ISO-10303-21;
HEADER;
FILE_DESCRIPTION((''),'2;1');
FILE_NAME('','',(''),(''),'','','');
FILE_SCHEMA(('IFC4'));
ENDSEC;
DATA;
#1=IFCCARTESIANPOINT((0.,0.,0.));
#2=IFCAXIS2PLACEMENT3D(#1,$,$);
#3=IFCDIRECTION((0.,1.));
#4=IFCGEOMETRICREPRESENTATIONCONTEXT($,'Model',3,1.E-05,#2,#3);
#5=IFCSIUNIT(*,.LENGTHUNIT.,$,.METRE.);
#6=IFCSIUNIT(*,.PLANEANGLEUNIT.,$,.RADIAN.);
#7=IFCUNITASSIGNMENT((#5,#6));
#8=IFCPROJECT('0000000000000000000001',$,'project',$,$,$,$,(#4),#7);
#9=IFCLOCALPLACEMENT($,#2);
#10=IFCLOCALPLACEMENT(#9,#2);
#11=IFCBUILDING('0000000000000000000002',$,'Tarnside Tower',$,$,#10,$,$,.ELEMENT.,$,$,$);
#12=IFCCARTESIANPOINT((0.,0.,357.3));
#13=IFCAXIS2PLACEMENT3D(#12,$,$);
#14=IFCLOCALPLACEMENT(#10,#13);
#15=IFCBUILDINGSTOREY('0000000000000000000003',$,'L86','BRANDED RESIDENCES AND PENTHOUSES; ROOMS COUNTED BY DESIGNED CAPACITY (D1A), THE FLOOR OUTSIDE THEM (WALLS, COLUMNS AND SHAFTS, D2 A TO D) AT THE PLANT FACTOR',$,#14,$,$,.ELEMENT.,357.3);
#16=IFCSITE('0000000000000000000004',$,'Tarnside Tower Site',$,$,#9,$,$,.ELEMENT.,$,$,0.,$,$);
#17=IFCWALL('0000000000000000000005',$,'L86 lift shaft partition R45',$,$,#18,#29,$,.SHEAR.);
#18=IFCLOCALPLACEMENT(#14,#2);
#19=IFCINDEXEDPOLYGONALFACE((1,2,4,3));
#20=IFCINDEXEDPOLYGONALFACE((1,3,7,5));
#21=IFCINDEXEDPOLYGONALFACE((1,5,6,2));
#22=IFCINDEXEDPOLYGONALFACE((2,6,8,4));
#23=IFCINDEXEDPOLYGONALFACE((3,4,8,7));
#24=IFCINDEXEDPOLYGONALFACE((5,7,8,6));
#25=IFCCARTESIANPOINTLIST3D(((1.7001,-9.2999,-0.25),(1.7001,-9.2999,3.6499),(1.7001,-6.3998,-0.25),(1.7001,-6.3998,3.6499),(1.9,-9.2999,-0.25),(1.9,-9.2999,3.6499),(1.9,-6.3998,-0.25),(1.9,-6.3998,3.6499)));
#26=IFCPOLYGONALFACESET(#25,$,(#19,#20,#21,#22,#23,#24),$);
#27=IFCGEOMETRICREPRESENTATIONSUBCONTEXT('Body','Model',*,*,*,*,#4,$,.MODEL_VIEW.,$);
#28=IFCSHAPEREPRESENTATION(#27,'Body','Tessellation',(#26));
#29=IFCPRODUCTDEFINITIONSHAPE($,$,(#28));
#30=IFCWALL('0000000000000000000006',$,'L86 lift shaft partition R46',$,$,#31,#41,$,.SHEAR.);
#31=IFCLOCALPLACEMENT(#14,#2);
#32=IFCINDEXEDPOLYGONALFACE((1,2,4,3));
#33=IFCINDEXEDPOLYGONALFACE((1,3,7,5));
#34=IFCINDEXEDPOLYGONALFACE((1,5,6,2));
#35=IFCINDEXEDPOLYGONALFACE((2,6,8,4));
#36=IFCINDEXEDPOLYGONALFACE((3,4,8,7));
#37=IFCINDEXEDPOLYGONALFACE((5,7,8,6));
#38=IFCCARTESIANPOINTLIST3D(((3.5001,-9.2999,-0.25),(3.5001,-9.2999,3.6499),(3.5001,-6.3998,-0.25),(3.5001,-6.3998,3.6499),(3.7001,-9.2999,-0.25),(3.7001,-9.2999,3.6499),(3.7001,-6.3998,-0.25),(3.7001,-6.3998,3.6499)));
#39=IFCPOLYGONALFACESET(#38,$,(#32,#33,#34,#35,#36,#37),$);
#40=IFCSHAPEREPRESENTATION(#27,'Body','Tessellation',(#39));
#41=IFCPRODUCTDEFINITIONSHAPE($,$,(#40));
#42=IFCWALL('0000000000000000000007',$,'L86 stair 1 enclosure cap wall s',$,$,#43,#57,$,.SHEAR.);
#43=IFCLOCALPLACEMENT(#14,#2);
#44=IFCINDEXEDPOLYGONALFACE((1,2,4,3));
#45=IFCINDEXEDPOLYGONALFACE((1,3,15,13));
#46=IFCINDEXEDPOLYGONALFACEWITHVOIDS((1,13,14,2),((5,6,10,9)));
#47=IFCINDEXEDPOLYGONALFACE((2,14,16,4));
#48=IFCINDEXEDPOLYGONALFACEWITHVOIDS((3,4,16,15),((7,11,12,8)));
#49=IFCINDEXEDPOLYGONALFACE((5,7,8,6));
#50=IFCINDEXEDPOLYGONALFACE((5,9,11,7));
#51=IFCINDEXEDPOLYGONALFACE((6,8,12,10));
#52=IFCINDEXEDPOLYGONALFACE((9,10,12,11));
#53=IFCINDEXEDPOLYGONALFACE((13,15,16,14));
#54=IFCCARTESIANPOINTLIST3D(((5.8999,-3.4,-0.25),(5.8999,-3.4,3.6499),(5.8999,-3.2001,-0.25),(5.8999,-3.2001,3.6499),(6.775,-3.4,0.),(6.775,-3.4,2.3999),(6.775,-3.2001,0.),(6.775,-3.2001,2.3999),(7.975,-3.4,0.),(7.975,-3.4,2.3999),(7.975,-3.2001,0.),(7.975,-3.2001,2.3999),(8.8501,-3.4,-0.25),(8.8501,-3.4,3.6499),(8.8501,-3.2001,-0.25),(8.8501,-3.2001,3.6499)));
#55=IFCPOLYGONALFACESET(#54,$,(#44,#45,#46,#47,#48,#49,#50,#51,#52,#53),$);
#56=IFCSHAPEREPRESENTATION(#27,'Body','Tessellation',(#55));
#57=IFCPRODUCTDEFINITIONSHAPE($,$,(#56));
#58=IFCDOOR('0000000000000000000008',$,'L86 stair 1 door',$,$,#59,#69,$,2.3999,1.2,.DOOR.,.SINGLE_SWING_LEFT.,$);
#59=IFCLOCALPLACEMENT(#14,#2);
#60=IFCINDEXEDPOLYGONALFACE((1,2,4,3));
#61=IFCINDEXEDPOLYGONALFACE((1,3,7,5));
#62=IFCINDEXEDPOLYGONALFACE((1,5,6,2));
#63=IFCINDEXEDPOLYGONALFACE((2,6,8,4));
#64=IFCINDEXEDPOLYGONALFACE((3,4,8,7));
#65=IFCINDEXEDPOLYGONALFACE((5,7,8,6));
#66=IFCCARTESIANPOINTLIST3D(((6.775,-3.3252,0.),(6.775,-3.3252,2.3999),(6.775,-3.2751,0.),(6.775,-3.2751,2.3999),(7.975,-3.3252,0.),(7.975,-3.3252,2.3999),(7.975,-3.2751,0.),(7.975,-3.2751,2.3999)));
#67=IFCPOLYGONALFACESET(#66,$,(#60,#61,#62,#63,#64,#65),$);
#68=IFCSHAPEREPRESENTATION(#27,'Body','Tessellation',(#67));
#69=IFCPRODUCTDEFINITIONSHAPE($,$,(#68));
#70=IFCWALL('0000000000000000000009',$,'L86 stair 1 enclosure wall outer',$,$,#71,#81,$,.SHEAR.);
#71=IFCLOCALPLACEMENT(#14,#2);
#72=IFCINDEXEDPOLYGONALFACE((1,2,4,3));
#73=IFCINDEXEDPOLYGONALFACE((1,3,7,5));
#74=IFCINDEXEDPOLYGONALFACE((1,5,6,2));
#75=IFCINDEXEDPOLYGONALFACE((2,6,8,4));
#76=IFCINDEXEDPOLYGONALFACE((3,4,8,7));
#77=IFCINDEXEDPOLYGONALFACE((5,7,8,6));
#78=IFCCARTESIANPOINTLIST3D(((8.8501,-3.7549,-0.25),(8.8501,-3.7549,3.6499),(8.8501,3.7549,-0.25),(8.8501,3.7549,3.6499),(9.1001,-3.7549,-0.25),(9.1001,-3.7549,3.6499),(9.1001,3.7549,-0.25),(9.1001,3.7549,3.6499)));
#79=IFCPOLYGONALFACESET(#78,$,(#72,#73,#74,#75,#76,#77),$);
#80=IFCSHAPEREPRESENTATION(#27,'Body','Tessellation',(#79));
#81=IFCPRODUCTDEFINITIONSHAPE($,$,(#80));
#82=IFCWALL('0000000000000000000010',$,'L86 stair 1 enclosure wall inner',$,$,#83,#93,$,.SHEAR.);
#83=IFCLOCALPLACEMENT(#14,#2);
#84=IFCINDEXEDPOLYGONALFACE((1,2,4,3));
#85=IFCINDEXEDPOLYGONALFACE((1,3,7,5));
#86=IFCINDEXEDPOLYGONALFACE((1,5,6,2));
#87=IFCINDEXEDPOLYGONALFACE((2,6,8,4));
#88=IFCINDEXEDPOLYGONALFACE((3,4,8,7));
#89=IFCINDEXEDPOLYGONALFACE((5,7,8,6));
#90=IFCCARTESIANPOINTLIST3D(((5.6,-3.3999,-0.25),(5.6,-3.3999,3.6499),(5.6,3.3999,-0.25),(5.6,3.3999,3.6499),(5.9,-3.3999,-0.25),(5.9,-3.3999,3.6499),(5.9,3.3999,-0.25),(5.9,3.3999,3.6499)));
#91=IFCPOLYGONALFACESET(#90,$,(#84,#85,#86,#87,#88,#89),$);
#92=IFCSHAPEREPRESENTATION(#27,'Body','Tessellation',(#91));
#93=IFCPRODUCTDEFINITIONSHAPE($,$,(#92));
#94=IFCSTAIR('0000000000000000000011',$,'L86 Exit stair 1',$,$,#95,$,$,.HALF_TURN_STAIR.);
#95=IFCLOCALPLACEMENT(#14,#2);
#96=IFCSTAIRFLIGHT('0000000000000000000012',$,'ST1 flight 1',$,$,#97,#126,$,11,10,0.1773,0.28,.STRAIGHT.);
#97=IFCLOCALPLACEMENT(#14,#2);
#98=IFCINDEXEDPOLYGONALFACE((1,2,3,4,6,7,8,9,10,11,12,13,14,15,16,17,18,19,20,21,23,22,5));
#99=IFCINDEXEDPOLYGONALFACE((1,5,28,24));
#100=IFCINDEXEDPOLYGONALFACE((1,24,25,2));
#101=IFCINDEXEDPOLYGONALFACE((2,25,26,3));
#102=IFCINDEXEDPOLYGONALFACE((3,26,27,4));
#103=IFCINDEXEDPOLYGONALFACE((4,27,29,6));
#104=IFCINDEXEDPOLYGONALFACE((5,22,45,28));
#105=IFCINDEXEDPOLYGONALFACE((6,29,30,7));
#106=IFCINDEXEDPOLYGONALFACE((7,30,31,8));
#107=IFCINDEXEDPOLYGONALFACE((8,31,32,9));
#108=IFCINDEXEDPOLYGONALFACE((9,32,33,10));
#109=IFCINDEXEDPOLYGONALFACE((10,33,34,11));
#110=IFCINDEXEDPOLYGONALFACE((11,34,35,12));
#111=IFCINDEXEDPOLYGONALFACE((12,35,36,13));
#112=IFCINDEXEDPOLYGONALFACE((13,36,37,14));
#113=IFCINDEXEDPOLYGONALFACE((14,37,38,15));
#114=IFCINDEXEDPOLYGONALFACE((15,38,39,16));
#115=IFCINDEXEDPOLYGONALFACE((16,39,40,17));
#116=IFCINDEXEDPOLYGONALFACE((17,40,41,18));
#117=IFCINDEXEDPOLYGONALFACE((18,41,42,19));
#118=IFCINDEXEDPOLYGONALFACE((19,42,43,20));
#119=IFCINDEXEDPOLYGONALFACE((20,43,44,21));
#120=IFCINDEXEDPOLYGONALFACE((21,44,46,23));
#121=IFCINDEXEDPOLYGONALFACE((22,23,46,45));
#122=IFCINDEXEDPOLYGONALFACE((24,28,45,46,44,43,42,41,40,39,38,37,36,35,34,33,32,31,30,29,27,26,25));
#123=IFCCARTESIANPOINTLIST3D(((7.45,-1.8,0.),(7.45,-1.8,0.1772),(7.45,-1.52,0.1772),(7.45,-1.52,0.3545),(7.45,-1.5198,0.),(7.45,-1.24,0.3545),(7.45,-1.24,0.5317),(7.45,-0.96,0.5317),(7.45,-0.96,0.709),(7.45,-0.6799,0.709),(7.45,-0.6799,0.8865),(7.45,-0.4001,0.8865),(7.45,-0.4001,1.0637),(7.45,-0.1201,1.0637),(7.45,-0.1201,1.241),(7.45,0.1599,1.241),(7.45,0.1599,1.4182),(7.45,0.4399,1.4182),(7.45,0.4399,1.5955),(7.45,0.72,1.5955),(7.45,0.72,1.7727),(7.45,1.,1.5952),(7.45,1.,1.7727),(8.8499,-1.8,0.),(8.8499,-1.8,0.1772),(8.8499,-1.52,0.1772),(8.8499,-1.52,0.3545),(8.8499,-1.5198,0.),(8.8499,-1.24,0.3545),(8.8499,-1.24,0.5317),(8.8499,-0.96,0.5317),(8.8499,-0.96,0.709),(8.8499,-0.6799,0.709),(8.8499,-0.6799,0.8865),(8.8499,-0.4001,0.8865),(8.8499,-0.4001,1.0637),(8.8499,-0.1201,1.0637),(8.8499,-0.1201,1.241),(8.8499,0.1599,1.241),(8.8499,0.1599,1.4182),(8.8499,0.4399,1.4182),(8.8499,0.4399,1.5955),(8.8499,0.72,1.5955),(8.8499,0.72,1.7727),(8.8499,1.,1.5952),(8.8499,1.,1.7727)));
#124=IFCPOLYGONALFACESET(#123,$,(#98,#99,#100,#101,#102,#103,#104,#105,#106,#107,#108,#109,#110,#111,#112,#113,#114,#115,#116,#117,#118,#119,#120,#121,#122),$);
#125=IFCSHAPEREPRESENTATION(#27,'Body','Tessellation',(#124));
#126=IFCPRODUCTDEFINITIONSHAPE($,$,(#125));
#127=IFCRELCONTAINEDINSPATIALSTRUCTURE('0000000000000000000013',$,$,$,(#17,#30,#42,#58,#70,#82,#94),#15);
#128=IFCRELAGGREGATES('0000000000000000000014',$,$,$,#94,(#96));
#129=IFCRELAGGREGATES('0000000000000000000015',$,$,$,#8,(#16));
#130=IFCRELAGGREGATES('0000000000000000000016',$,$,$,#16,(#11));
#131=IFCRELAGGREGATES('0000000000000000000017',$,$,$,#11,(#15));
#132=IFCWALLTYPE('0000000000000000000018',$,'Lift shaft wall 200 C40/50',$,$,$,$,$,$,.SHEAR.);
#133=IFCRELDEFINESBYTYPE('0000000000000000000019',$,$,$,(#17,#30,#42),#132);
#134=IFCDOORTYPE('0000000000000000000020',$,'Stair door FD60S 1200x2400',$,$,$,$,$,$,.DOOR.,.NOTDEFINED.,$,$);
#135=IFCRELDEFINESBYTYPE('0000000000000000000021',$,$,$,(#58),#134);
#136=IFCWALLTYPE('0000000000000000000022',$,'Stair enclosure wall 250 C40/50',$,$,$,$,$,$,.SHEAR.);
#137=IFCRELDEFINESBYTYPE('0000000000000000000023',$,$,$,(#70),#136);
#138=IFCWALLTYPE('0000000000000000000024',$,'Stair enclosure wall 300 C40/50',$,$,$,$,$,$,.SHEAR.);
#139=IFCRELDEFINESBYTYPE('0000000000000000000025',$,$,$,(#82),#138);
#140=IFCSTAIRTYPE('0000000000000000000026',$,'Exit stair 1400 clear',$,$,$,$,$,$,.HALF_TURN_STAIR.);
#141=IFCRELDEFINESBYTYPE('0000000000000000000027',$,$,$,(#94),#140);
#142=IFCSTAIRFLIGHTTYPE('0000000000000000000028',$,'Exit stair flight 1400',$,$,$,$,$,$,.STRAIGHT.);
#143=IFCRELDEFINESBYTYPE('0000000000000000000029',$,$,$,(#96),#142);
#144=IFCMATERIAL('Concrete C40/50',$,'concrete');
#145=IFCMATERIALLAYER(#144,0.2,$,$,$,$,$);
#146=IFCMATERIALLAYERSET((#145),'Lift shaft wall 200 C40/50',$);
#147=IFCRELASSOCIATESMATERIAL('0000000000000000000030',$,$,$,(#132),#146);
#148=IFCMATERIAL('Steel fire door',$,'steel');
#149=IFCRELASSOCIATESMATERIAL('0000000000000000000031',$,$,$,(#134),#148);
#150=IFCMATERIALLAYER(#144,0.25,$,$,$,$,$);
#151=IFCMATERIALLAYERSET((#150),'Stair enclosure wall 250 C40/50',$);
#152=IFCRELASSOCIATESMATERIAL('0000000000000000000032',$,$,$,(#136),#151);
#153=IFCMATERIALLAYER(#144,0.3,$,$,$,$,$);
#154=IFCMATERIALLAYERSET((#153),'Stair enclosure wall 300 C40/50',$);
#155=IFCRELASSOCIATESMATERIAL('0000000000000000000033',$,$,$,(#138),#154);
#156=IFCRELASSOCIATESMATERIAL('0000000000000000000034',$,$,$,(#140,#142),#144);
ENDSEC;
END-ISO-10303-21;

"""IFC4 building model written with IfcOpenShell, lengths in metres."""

from ifc_helpers import new_model, si_unit, direction, frame, frame_2d, origin, place, context, subcontext, project, spatial, polyline, rectangle, outline, extrude, material, layer, layer_set, type_object, element, fill, aggregate, save


model = new_model("IFC4")

# Units and contexts
model_context = context("Model", 3, precision=1e-05, world=origin(), true_north=direction((0.0, 1.0)))
body_context = subcontext(model_context, "Body", "Model", "MODEL_VIEW")
ifc_project = project(units=[si_unit("LENGTHUNIT", "METRE"), si_unit("PLANEANGLEUNIT", "RADIAN")], contexts=[model_context])

# Site, building, storey
site_placement = place(None, origin())
site = spatial("IfcSite", under=ifc_project, at=site_placement, Name="Tarnside Tower Site", CompositionType="ELEMENT", RefElevation=0.0)
building_placement = place(site_placement, origin())
building = spatial("IfcBuilding", under=site, at=building_placement, Name="Tarnside Tower", CompositionType="ELEMENT")
storey_placement = place(building_placement, frame((0.0, 0.0, 357.3)))
storey = spatial("IfcBuildingStorey", under=building, at=storey_placement, Name="L86", Description="BRANDED RESIDENCES AND PENTHOUSES; ROOMS COUNTED BY DESIGNED CAPACITY (D1A), THE FLOOR OUTSIDE THEM (WALLS, COLUMNS AND SHAFTS, D2 A TO D) AT THE PLANT FACTOR", CompositionType="ELEMENT", Elevation=357.3)

# Shared definitions
ifc_material_1 = material(Name="Concrete C40/50", Category="concrete")

# Shared definitions
ifc_material_2 = material(Name="Steel fire door", Category="steel")

# Walls
ifc_layer_1 = layer(ifc_material_1, 0.2)
ifc_layer_set_1 = layer_set([ifc_layer_1], Name="Lift shaft wall 200 C40/50")
wall_type_1 = type_object("IfcWallType", Name="Lift shaft wall 200 C40/50", PredefinedType="SHEAR", material=ifc_layer_set_1)
for number, where, z_axis, x_axis, name in (
    (1, (1.8, -9.3, -0.25), (0.0, 0.0, 1.0), (0.0, 1.0, 0.0), "L86 lift shaft partition R45"),
    (2, (3.6001, -9.3, -0.25), (0.0, 0.0, 1.0), (0.0, 1.0, 0.0), "L86 lift shaft partition R46"),
):
    element("IfcWall", number, at=place(storey_placement, frame(where, z_axis=z_axis, x_axis=x_axis)), inside=storey, type_object=wall_type_1, Name=name, PredefinedType="SHEAR", context=body_context, shape_type="SweptSolid", body=[
        extrude(rectangle(XDim=2.9001, YDim=0.2, at=frame_2d((1.4502, 0.0))), origin(), (0.0, 0.0, 1.0), 3.8999),
    ])

# Wall, opening, door
wall_1_placement = place(storey_placement, frame((5.8999, -3.3, -0.25), z_axis=(0.0, 0.0, 1.0), x_axis=(1.0, 0.0, 0.0)))
wall_1 = element("IfcWall", 3, at=wall_1_placement, inside=storey, type_object=wall_type_1, Name="L86 stair 1 enclosure cap wall s", PredefinedType="SHEAR", context=body_context, shape_type="SweptSolid", body=[
    extrude(rectangle(XDim=2.9502, YDim=0.2, at=frame_2d((1.4751, 0.0))), origin(), (0.0, 0.0, 1.0), 3.8999),
])
opening_1_placement = place(wall_1_placement, frame((0.875, 0.0, 0.25)))
opening_1 = element("IfcOpeningElement", 4, at=opening_1_placement, cuts=wall_1, PredefinedType="OPENING", context=body_context, shape_type="SweptSolid", body=[
    extrude(rectangle(XDim=1.2, YDim=2.3999, at=frame_2d((0.6001, 1.2))), frame((0.0, 0.1099, 0.0), z_axis=(0.0, -1.0, 0.0), x_axis=(1.0, 0.0, 0.0)), (0.0, 0.0, 1.0), 0.22),
])
door_type_1 = type_object("IfcDoorType", Name="Stair door FD60S 1200x2400", OperationType="NOTDEFINED", PredefinedType="DOOR", material=ifc_material_2)
door_1_placement = place(opening_1_placement, origin())
door_1 = element("IfcDoor", 5, at=door_1_placement, inside=storey, type_object=door_type_1, Name="L86 stair 1 door", OperationType="SINGLE_SWING_LEFT", OverallHeight=2.3999, OverallWidth=1.2, PredefinedType="DOOR", context=body_context, shape_type="SweptSolid", body=[
    extrude(rectangle(XDim=1.2, YDim=2.3999, at=frame_2d((0.6001, 1.2))), frame((0.0, 0.0249, 0.0), z_axis=(0.0, -1.0, 0.0), x_axis=(1.0, 0.0, 0.0)), (0.0, 0.0, 1.0), 0.05),
])
fill(opening_1, door_1)

# Walls
ifc_layer_2 = layer(ifc_material_1, 0.25)
ifc_layer_set_2 = layer_set([ifc_layer_2], Name="Stair enclosure wall 250 C40/50")
wall_type_2 = type_object("IfcWallType", Name="Stair enclosure wall 250 C40/50", PredefinedType="SHEAR", material=ifc_layer_set_2)
wall_2_placement = place(storey_placement, frame((8.9751, -3.7549, -0.25), z_axis=(0.0, 0.0, 1.0), x_axis=(0.0, 1.0, 0.0)))
element("IfcWall", 6, at=wall_2_placement, inside=storey, type_object=wall_type_2, Name="L86 stair 1 enclosure wall outer", PredefinedType="SHEAR", context=body_context, shape_type="SweptSolid", body=[
    extrude(rectangle(XDim=7.5098, YDim=0.25, at=frame_2d((3.7549, 0.0))), origin(), (0.0, 0.0, 1.0), 3.8999),
])
ifc_layer_3 = layer(ifc_material_1, 0.3)
ifc_layer_set_3 = layer_set([ifc_layer_3], Name="Stair enclosure wall 300 C40/50")
wall_type_3 = type_object("IfcWallType", Name="Stair enclosure wall 300 C40/50", PredefinedType="SHEAR", material=ifc_layer_set_3)
wall_3_placement = place(storey_placement, frame((5.75, -3.3999, -0.25), z_axis=(0.0, 0.0, 1.0), x_axis=(0.0, 1.0, 0.0)))
element("IfcWall", 7, at=wall_3_placement, inside=storey, type_object=wall_type_3, Name="L86 stair 1 enclosure wall inner", PredefinedType="SHEAR", context=body_context, shape_type="SweptSolid", body=[
    extrude(rectangle(XDim=6.7998, YDim=0.3, at=frame_2d((3.3999, 0.0))), origin(), (0.0, 0.0, 1.0), 3.8999),
])

# Stair, stair flight
stair_type = type_object("IfcStairType", Name="Exit stair 1400 clear", PredefinedType="HALF_TURN_STAIR", material=ifc_material_1)
stair_placement = place(storey_placement, origin())
stair = element("IfcStair", 8, at=stair_placement, inside=storey, type_object=stair_type, Name="L86 Exit stair 1", PredefinedType="HALF_TURN_STAIR")
stair_flight_type = type_object("IfcStairFlightType", Name="Exit stair flight 1400", PredefinedType="STRAIGHT", material=ifc_material_1)
stair_flight_placement = place(storey_placement, frame((8.1499, -1.8, 0.0), z_axis=(0.0, 0.0, 1.0), x_axis=(0.0, 1.0, 0.0)))
stair_flight = element("IfcStairFlight", 9, at=stair_flight_placement, type_object=stair_flight_type, Name="ST1 flight 1", NumberOfRisers=11, NumberOfTreads=10, PredefinedType="STRAIGHT", RiserHeight=0.1773, TreadLength=0.28, context=body_context, shape_type="SweptSolid", body=[
    extrude(outline(polyline([(0.0, 0.0), (0.0, 0.1772), (0.28, 0.1772), (0.28, 0.3545), (0.5601, 0.3545), (0.5601, 0.5317), (0.8401, 0.5317), (0.8401, 0.709), (1.1201, 0.709), (1.1201, 0.8865), (1.3999, 0.8865), (1.3999, 1.0637), (1.6799, 1.0637), (1.6799, 1.241), (1.96, 1.241), (1.96, 1.4182), (2.24, 1.4182), (2.24, 1.5955), (2.52, 1.5955), (2.52, 1.7727), (2.8, 1.7727), (2.8, 1.95), (2.8, 1.5952), (0.2803, 0.0), (0.0, 0.0)])), frame((0.0, 0.7, 0.0), z_axis=(0.0, -1.0, 0.0), x_axis=(1.0, 0.0, 0.0)), (0.0, 0.0, 1.0), 1.3999),
])
aggregate(stair, [stair_flight])

save(model, "model.ifc")
